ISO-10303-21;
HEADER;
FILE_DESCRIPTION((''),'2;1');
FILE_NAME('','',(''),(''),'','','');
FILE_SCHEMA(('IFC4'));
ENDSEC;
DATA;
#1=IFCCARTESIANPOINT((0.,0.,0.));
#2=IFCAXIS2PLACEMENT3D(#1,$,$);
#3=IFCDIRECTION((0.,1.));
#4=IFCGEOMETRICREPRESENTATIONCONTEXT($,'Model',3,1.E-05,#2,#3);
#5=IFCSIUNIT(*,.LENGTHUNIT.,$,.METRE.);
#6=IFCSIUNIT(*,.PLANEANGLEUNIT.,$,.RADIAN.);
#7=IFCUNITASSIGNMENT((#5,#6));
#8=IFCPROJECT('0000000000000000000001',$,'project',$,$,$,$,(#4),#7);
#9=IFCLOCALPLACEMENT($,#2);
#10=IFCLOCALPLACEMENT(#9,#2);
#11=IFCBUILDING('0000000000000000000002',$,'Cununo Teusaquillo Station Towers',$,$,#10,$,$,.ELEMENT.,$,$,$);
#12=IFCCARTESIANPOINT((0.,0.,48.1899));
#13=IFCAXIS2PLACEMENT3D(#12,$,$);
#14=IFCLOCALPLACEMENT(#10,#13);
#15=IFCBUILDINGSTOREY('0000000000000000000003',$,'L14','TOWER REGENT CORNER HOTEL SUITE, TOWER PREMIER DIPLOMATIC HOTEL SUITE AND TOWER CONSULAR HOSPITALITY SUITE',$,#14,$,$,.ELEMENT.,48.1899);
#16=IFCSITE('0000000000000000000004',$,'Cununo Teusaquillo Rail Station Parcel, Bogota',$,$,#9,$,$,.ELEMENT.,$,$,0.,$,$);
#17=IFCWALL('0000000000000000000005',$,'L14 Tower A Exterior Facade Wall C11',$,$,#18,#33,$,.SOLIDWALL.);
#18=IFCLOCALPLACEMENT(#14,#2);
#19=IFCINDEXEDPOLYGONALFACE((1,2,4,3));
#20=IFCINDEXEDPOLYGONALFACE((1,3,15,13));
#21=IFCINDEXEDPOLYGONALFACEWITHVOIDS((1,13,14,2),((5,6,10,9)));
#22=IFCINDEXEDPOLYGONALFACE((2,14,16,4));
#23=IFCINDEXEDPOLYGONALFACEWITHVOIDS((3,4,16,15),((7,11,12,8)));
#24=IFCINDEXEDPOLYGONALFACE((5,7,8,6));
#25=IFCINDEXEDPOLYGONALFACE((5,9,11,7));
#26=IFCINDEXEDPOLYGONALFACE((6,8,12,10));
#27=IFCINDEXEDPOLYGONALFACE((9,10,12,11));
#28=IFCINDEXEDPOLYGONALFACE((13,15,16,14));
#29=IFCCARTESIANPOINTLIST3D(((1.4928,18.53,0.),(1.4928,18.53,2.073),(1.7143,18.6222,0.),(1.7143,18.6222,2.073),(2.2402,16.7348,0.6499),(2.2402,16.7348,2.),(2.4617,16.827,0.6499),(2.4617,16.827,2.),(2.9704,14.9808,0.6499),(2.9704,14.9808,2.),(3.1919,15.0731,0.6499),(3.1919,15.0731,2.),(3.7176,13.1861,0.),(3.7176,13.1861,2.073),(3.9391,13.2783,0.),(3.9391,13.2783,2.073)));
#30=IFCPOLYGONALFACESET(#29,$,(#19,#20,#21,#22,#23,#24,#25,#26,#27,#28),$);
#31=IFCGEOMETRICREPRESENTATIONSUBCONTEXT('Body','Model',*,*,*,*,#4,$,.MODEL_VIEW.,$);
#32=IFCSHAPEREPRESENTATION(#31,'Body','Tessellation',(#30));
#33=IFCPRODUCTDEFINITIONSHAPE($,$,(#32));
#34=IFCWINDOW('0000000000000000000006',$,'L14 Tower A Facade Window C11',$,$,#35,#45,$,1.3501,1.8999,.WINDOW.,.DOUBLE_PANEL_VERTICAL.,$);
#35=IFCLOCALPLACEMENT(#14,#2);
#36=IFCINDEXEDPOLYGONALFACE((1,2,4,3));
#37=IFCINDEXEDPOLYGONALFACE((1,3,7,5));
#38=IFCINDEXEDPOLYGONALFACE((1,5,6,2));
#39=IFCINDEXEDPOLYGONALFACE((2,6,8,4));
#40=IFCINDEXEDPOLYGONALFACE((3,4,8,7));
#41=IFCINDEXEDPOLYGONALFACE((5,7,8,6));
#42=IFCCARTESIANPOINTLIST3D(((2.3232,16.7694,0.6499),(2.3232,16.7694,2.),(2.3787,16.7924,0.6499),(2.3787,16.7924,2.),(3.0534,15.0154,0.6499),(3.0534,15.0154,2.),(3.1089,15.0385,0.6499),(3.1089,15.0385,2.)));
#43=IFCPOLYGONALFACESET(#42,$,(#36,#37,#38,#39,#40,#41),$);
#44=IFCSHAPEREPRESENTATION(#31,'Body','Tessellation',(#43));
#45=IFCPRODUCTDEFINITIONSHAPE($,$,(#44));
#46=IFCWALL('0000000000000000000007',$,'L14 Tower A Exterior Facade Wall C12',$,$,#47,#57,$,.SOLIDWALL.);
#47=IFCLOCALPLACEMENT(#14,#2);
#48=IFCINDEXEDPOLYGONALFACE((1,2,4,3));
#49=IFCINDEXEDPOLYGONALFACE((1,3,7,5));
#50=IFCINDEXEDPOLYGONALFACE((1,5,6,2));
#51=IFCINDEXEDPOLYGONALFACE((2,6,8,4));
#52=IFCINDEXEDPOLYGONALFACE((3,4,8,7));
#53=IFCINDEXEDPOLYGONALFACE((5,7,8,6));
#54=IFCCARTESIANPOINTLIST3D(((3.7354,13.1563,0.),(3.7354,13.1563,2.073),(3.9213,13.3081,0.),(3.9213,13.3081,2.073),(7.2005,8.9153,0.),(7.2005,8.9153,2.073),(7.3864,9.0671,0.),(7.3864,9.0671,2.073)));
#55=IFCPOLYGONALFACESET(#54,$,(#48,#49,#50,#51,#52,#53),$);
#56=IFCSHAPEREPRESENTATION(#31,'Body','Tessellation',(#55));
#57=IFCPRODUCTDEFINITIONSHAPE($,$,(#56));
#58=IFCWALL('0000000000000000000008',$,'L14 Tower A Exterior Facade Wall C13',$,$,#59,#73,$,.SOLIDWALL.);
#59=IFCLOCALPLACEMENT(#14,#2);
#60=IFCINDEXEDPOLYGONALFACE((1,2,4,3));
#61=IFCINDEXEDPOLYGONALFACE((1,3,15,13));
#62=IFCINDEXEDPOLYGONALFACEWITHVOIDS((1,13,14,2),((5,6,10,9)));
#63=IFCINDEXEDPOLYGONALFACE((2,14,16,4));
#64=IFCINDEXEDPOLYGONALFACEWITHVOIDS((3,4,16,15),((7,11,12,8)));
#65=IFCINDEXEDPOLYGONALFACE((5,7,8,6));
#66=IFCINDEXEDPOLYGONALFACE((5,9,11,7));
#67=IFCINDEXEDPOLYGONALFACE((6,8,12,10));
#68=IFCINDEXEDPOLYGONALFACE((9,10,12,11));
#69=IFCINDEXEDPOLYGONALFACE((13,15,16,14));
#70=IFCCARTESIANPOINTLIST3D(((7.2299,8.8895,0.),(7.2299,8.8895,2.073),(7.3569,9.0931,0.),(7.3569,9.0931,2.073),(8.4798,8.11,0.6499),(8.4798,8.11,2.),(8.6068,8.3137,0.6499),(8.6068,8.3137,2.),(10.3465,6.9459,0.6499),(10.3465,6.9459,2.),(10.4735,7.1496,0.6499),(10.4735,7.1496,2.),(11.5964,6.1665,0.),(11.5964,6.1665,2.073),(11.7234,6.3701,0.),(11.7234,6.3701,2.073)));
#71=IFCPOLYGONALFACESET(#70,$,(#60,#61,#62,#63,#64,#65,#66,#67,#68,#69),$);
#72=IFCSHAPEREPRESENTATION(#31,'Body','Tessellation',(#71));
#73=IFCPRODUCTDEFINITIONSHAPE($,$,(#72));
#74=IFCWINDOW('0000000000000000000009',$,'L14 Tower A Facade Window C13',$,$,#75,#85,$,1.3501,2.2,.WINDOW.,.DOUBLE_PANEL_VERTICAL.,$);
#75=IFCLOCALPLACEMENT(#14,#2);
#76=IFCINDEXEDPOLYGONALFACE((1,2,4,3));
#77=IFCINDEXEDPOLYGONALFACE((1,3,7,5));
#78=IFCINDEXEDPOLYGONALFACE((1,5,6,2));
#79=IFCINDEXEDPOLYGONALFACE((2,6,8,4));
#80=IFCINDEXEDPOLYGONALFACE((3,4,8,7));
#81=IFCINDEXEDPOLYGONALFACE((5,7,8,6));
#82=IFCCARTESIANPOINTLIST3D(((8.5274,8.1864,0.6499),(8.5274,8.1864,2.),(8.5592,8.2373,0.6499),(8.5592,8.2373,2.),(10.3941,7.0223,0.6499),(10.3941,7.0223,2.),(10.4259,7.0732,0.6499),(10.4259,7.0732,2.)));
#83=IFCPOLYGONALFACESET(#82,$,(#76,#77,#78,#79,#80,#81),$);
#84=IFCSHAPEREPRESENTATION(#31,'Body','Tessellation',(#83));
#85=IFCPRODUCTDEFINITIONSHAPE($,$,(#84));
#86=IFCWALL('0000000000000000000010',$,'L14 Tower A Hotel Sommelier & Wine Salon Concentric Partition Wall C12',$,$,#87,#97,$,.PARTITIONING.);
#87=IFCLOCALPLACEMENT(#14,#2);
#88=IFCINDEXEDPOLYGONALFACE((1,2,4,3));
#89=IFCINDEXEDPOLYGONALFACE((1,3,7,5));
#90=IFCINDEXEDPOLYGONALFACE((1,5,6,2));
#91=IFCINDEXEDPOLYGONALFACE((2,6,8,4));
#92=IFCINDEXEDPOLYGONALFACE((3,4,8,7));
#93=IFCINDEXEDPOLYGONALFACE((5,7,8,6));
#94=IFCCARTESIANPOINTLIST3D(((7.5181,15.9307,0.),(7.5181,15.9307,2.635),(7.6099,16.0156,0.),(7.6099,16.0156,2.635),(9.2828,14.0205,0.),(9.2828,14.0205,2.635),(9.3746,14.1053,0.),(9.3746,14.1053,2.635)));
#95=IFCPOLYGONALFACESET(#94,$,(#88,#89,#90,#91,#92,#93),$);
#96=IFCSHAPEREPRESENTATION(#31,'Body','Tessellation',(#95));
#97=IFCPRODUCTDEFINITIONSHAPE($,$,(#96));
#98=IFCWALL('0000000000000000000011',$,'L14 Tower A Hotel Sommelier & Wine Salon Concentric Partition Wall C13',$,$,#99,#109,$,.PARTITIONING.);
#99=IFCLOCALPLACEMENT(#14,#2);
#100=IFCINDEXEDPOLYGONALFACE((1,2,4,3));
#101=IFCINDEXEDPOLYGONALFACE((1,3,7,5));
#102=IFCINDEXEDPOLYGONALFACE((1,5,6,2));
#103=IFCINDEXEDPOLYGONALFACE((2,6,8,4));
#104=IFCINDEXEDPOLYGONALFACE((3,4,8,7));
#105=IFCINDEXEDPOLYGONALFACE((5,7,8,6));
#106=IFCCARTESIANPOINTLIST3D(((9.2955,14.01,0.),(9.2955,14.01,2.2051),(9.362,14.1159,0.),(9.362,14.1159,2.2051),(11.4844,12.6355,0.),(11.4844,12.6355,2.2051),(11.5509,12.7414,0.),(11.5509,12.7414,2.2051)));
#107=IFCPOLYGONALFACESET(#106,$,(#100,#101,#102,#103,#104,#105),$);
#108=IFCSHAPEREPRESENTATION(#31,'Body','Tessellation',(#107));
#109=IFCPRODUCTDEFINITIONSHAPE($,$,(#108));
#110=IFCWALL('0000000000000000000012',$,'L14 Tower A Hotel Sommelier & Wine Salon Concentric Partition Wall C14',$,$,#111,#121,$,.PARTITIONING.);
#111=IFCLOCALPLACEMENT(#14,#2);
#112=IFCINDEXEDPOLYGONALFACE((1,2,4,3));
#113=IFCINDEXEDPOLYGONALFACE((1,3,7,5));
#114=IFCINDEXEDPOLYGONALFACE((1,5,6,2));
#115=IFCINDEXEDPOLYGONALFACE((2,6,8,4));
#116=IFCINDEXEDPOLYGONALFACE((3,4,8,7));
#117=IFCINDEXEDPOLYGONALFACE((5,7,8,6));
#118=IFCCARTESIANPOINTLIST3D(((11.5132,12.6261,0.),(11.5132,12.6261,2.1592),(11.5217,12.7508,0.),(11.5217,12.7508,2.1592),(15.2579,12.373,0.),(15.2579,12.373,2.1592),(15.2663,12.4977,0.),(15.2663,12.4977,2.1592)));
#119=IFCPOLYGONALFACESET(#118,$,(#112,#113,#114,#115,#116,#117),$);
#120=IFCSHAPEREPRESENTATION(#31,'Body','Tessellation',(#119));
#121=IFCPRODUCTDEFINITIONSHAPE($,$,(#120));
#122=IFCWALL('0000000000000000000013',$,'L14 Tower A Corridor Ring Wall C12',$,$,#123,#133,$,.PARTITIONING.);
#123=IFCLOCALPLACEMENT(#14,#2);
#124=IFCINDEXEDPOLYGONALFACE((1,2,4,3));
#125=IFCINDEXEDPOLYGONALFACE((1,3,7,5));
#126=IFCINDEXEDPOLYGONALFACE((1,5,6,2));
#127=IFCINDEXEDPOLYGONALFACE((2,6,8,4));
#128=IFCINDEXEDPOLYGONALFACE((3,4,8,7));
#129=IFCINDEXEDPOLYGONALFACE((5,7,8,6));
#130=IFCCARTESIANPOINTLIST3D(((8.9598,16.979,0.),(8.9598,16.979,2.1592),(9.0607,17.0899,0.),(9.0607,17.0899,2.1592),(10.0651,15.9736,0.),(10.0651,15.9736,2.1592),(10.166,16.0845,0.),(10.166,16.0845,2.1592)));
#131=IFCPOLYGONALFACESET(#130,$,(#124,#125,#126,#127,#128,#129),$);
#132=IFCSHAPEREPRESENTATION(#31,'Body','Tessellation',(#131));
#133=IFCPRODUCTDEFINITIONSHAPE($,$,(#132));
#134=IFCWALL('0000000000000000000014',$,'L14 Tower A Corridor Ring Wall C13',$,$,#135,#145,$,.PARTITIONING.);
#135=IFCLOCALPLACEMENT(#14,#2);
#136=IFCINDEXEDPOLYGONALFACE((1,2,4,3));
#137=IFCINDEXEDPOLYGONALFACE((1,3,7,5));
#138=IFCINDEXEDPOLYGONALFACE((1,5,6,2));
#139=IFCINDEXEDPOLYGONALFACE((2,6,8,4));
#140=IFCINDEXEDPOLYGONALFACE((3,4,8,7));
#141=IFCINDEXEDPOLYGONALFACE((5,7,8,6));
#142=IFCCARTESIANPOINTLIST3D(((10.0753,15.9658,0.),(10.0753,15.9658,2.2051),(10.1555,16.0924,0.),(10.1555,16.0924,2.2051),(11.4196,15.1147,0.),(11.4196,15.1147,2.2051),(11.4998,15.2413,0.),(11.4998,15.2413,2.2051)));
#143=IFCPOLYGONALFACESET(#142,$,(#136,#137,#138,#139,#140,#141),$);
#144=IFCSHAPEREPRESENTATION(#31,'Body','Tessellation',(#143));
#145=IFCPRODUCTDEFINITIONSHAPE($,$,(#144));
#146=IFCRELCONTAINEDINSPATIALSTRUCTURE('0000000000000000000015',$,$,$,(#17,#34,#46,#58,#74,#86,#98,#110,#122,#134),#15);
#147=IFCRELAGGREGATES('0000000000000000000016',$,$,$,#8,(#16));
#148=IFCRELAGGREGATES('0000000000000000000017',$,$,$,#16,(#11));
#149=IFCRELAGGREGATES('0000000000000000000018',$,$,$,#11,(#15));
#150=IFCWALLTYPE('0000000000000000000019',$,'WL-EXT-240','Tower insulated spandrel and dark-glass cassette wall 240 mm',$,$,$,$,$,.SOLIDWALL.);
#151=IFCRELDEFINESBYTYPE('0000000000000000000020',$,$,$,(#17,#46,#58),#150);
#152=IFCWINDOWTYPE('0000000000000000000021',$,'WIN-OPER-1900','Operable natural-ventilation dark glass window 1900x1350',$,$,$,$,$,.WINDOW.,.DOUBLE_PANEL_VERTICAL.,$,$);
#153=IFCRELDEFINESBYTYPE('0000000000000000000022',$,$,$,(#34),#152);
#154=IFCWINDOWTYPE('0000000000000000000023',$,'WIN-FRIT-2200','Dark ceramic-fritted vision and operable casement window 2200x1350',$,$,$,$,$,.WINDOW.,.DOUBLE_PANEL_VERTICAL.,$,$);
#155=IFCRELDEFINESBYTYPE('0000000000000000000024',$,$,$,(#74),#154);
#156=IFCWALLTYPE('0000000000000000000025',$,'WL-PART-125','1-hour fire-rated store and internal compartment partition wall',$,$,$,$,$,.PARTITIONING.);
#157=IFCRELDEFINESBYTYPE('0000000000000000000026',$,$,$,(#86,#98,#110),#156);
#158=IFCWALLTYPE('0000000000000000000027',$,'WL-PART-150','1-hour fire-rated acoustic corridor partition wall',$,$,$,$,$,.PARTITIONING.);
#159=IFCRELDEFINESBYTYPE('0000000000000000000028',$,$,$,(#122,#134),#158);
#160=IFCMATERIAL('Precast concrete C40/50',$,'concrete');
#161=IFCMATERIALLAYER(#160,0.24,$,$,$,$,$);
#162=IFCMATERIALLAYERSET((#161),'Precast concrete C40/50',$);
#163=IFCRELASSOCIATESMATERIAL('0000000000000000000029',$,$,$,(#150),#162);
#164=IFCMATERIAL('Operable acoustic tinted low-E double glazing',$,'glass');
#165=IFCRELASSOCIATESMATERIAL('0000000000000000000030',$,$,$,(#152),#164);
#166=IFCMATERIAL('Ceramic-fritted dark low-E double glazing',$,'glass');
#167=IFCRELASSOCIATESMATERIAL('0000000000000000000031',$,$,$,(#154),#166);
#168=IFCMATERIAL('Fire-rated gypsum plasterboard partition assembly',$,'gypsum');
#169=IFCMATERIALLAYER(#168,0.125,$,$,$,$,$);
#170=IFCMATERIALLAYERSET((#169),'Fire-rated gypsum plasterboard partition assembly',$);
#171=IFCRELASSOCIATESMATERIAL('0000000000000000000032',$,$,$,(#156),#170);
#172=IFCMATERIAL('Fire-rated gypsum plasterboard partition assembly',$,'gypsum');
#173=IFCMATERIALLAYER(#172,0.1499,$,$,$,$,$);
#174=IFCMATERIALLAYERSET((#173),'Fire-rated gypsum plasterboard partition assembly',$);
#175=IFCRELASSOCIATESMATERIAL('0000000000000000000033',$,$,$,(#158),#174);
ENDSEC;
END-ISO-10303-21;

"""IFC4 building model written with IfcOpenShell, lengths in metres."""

from ifc_helpers import new_model, si_unit, direction, frame, frame_2d, origin, place, context, subcontext, project, spatial, rectangle, extrude, source, transform, mapped, material, layer, layer_set, type_object, element, fill, save


model = new_model("IFC4")

# Units and contexts
model_context = context("Model", 3, precision=1e-05, world=origin(), true_north=direction((0.0, 1.0)))
body_context = subcontext(model_context, "Body", "Model", "MODEL_VIEW")
ifc_project = project(units=[si_unit("LENGTHUNIT", "METRE"), si_unit("PLANEANGLEUNIT", "RADIAN")], contexts=[model_context])

# Site, building, storey
site_placement = place(None, origin())
site = spatial("IfcSite", under=ifc_project, at=site_placement, Name="Cununo Teusaquillo Rail Station Parcel, Bogota", CompositionType="ELEMENT", RefElevation=0.0)
building_placement = place(site_placement, origin())
building = spatial("IfcBuilding", under=site, at=building_placement, Name="Cununo Teusaquillo Station Towers", CompositionType="ELEMENT")
storey_placement = place(building_placement, frame((0.0, 0.0, 48.1899)))
storey = spatial("IfcBuildingStorey", under=building, at=storey_placement, Name="L14", Description="TOWER REGENT CORNER HOTEL SUITE, TOWER PREMIER DIPLOMATIC HOTEL SUITE AND TOWER CONSULAR HOSPITALITY SUITE", CompositionType="ELEMENT", Elevation=48.1899)

# Wall, opening, window
ifc_material_1 = material(Name="Precast concrete C40/50", Category="concrete")
ifc_layer_1 = layer(ifc_material_1, 0.24)
ifc_layer_set_1 = layer_set([ifc_layer_1], Name="Precast concrete C40/50")
wall_type_1 = type_object("IfcWallType", Name="WL-EXT-240", Description="Tower insulated spandrel and dark-glass cassette wall 240 mm", PredefinedType="SOLIDWALL", material=ifc_layer_set_1)
wall_1_placement = place(storey_placement, frame((3.8284, 13.2322, 0.0), z_axis=(0.0, 0.0, 1.0), x_axis=(-0.384349, 0.923188, 0.0)))
wall_1 = element("IfcWall", 1, at=wall_1_placement, inside=storey, type_object=wall_type_1, Name="L14 Tower A Exterior Facade Wall C11", PredefinedType="SOLIDWALL", context=body_context, shape_type="SweptSolid", body=[
    extrude(rectangle(XDim=5.7886, YDim=0.24, at=frame_2d((2.8943, 0.0))), origin(), (0.0, 0.0, 1.0), 2.073),
])
shared_shape_1 = source(origin(), body_context, "Body", "SweptSolid", [
    extrude(rectangle(XDim=1.8999, YDim=1.3501, at=frame_2d((0.95, 0.675))), frame((0.0, 0.1299, 0.0), z_axis=(0.0, -1.0, 0.0), x_axis=(1.0, 0.0, 0.0)), (0.0, 0.0, 1.0), 0.26),
])
opening_1_placement = place(wall_1_placement, frame((1.9441, 0.0, 0.6499)))
opening_1 = element("IfcOpeningElement", 2, at=opening_1_placement, cuts=wall_1, PredefinedType="OPENING", context=body_context, shape_type="MappedRepresentation", body=[
    mapped(shared_shape_1, transform((0.0, 0.0, 0.0), x_axis=(1.0, 0.0, 0.0), y_axis=(0.0, 1.0, 0.0), z_axis=(0.0, 0.0, 1.0), scale=1.0)),
])
ifc_material_2 = material(Name="Operable acoustic tinted low-E double glazing", Category="glass")
window_type_1 = type_object("IfcWindowType", Name="WIN-OPER-1900", Description="Operable natural-ventilation dark glass window 1900x1350", PartitioningType="DOUBLE_PANEL_VERTICAL", PredefinedType="WINDOW", material=ifc_material_2)
shared_shape_2 = source(origin(), body_context, "Body", "SweptSolid", [
    extrude(rectangle(XDim=1.8999, YDim=1.3501, at=frame_2d((0.95, 0.675))), frame((0.0, 0.03, 0.0), z_axis=(0.0, -1.0, 0.0), x_axis=(1.0, 0.0, 0.0)), (0.0, 0.0, 1.0), 0.0601),
])
window_1_placement = place(opening_1_placement, origin())
window_1 = element("IfcWindow", 3, at=window_1_placement, inside=storey, type_object=window_type_1, Name="L14 Tower A Facade Window C11", OverallHeight=1.3501, OverallWidth=1.8999, PartitioningType="DOUBLE_PANEL_VERTICAL", PredefinedType="WINDOW", context=body_context, shape_type="MappedRepresentation", body=[
    mapped(shared_shape_2, transform((0.0, 0.0, 0.0), x_axis=(1.0, 0.0, 0.0), y_axis=(0.0, 1.0, 0.0), z_axis=(0.0, 0.0, 1.0), scale=1.0)),
])
fill(opening_1, window_1)

# Wall
wall_2_placement = place(storey_placement, frame((7.2935, 8.9912, 0.0), z_axis=(0.0, 0.0, 1.0), x_axis=(-0.632713, 0.774386, 0.0)))
element("IfcWall", 4, at=wall_2_placement, inside=storey, type_object=wall_type_1, Name="L14 Tower A Exterior Facade Wall C12", PredefinedType="SOLIDWALL", context=body_context, shape_type="SweptSolid", body=[
    extrude(rectangle(XDim=5.4766, YDim=0.24, at=frame_2d((2.7383, 0.0))), origin(), (0.0, 0.0, 1.0), 2.073),
])

# Wall, opening, window
wall_3_placement = place(storey_placement, frame((11.6599, 6.2683, 0.0), z_axis=(0.0, 0.0, 1.0), x_axis=(-0.848534, 0.529141, 0.0)))
wall_3 = element("IfcWall", 5, at=wall_3_placement, inside=storey, type_object=wall_type_1, Name="L14 Tower A Exterior Facade Wall C13", PredefinedType="SOLIDWALL", context=body_context, shape_type="SweptSolid", body=[
    extrude(rectangle(XDim=5.146, YDim=0.24, at=frame_2d((2.573, 0.0))), origin(), (0.0, 0.0, 1.0), 2.073),
])
shared_shape_3 = source(origin(), body_context, "Body", "SweptSolid", [
    extrude(rectangle(XDim=2.2, YDim=1.3501, at=frame_2d((1.1001, 0.675))), frame((0.0, 0.1299, 0.0), z_axis=(0.0, -1.0, 0.0), x_axis=(1.0, 0.0, 0.0)), (0.0, 0.0, 1.0), 0.26),
])
opening_2_placement = place(wall_3_placement, frame((1.4729, 0.0, 0.6499)))
opening_2 = element("IfcOpeningElement", 6, at=opening_2_placement, cuts=wall_3, PredefinedType="OPENING", context=body_context, shape_type="MappedRepresentation", body=[
    mapped(shared_shape_3, transform((0.0, 0.0, 0.0), x_axis=(1.0, 0.0, 0.0), y_axis=(0.0, 1.0, 0.0), z_axis=(0.0, 0.0, 1.0), scale=1.0)),
])
ifc_material_3 = material(Name="Ceramic-fritted dark low-E double glazing", Category="glass")
window_type_2 = type_object("IfcWindowType", Name="WIN-FRIT-2200", Description="Dark ceramic-fritted vision and operable casement window 2200x1350", PartitioningType="DOUBLE_PANEL_VERTICAL", PredefinedType="WINDOW", material=ifc_material_3)
shared_shape_4 = source(origin(), body_context, "Body", "SweptSolid", [
    extrude(rectangle(XDim=2.2, YDim=1.3501, at=frame_2d((1.1001, 0.675))), frame((0.0, 0.03, 0.0), z_axis=(0.0, -1.0, 0.0), x_axis=(1.0, 0.0, 0.0)), (0.0, 0.0, 1.0), 0.0601),
])
window_2_placement = place(opening_2_placement, origin())
window_2 = element("IfcWindow", 7, at=window_2_placement, inside=storey, type_object=window_type_2, Name="L14 Tower A Facade Window C13", OverallHeight=1.3501, OverallWidth=2.2, PartitioningType="DOUBLE_PANEL_VERTICAL", PredefinedType="WINDOW", context=body_context, shape_type="MappedRepresentation", body=[
    mapped(shared_shape_4, transform((0.0, 0.0, 0.0), x_axis=(1.0, 0.0, 0.0), y_axis=(0.0, 1.0, 0.0), z_axis=(0.0, 0.0, 1.0), scale=1.0)),
])
fill(opening_2, window_2)

# Walls
ifc_material_4 = material(Name="Fire-rated gypsum plasterboard partition assembly", Category="gypsum")
ifc_layer_2 = layer(ifc_material_4, 0.125)
ifc_layer_set_2 = layer_set([ifc_layer_2], Name="Fire-rated gypsum plasterboard partition assembly")
wall_type_2 = type_object("IfcWallType", Name="WL-PART-125", Description="1-hour fire-rated store and internal compartment partition wall", PredefinedType="PARTITIONING", material=ifc_layer_set_2)
wall_4_placement = place(storey_placement, frame((7.564, 15.9731, 0.0), z_axis=(0.0, 0.0, 1.0), x_axis=(0.678576, -0.73453, 0.0)))
element("IfcWall", 8, at=wall_4_placement, inside=storey, type_object=wall_type_2, Name="L14 Tower A Hotel Sommelier & Wine Salon Concentric Partition Wall C12", PredefinedType="PARTITIONING", context=body_context, shape_type="SweptSolid", body=[
    extrude(rectangle(XDim=2.6006, YDim=0.125, at=frame_2d((1.3003, 0.0))), origin(), (0.0, 0.0, 1.0), 2.635),
])
wall_5_placement = place(storey_placement, frame((9.3286, 14.063, 0.0), z_axis=(0.0, 0.0, 1.0), x_axis=(0.846882, -0.531781, 0.0)))
element("IfcWall", 9, at=wall_5_placement, inside=storey, type_object=wall_type_2, Name="L14 Tower A Hotel Sommelier & Wine Salon Concentric Partition Wall C13", PredefinedType="PARTITIONING", context=body_context, shape_type="SweptSolid", body=[
    extrude(rectangle(XDim=2.5847, YDim=0.125, at=frame_2d((1.2925, 0.0))), origin(), (0.0, 0.0, 1.0), 2.2051),
])
wall_6_placement = place(storey_placement, frame((11.5176, 12.6885, 0.0), z_axis=(0.0, 0.0, 1.0), x_axis=(0.997722, -0.067456, 0.0)))
element("IfcWall", 10, at=wall_6_placement, inside=storey, type_object=wall_type_2, Name="L14 Tower A Hotel Sommelier & Wine Salon Concentric Partition Wall C14", PredefinedType="PARTITIONING", context=body_context, shape_type="SweptSolid", body=[
    extrude(rectangle(XDim=3.7532, YDim=0.125, at=frame_2d((1.8765, 0.0))), origin(), (0.0, 0.0, 1.0), 2.1592),
])
ifc_material_5 = material(Name="Fire-rated gypsum plasterboard partition assembly", Category="gypsum")
ifc_layer_3 = layer(ifc_material_5, 0.1499)
ifc_layer_set_3 = layer_set([ifc_layer_3], Name="Fire-rated gypsum plasterboard partition assembly")
wall_type_3 = type_object("IfcWallType", Name="WL-PART-150", Description="1-hour fire-rated acoustic corridor partition wall", PredefinedType="PARTITIONING", material=ifc_layer_set_3)
wall_7_placement = place(storey_placement, frame((9.0103, 17.0344, 0.0), z_axis=(0.0, 0.0, 1.0), x_axis=(0.739733, -0.6729, 0.0)))
element("IfcWall", 11, at=wall_7_placement, inside=storey, type_object=wall_type_3, Name="L14 Tower A Corridor Ring Wall C12", PredefinedType="PARTITIONING", context=body_context, shape_type="SweptSolid", body=[
    extrude(rectangle(XDim=1.4941, YDim=0.1499, at=frame_2d((0.7471, 0.0))), origin(), (0.0, 0.0, 1.0), 2.1592),
])
wall_8_placement = place(storey_placement, frame((10.1155, 16.0291, 0.0), z_axis=(0.0, 0.0, 1.0), x_axis=(0.844898, -0.534928, 0.0)))
element("IfcWall", 12, at=wall_8_placement, inside=storey, type_object=wall_type_3, Name="L14 Tower A Corridor Ring Wall C13", PredefinedType="PARTITIONING", context=body_context, shape_type="SweptSolid", body=[
    extrude(rectangle(XDim=1.5911, YDim=0.1499, at=frame_2d((0.7954, 0.0))), origin(), (0.0, 0.0, 1.0), 2.2051),
])

save(model, "model.ifc")
